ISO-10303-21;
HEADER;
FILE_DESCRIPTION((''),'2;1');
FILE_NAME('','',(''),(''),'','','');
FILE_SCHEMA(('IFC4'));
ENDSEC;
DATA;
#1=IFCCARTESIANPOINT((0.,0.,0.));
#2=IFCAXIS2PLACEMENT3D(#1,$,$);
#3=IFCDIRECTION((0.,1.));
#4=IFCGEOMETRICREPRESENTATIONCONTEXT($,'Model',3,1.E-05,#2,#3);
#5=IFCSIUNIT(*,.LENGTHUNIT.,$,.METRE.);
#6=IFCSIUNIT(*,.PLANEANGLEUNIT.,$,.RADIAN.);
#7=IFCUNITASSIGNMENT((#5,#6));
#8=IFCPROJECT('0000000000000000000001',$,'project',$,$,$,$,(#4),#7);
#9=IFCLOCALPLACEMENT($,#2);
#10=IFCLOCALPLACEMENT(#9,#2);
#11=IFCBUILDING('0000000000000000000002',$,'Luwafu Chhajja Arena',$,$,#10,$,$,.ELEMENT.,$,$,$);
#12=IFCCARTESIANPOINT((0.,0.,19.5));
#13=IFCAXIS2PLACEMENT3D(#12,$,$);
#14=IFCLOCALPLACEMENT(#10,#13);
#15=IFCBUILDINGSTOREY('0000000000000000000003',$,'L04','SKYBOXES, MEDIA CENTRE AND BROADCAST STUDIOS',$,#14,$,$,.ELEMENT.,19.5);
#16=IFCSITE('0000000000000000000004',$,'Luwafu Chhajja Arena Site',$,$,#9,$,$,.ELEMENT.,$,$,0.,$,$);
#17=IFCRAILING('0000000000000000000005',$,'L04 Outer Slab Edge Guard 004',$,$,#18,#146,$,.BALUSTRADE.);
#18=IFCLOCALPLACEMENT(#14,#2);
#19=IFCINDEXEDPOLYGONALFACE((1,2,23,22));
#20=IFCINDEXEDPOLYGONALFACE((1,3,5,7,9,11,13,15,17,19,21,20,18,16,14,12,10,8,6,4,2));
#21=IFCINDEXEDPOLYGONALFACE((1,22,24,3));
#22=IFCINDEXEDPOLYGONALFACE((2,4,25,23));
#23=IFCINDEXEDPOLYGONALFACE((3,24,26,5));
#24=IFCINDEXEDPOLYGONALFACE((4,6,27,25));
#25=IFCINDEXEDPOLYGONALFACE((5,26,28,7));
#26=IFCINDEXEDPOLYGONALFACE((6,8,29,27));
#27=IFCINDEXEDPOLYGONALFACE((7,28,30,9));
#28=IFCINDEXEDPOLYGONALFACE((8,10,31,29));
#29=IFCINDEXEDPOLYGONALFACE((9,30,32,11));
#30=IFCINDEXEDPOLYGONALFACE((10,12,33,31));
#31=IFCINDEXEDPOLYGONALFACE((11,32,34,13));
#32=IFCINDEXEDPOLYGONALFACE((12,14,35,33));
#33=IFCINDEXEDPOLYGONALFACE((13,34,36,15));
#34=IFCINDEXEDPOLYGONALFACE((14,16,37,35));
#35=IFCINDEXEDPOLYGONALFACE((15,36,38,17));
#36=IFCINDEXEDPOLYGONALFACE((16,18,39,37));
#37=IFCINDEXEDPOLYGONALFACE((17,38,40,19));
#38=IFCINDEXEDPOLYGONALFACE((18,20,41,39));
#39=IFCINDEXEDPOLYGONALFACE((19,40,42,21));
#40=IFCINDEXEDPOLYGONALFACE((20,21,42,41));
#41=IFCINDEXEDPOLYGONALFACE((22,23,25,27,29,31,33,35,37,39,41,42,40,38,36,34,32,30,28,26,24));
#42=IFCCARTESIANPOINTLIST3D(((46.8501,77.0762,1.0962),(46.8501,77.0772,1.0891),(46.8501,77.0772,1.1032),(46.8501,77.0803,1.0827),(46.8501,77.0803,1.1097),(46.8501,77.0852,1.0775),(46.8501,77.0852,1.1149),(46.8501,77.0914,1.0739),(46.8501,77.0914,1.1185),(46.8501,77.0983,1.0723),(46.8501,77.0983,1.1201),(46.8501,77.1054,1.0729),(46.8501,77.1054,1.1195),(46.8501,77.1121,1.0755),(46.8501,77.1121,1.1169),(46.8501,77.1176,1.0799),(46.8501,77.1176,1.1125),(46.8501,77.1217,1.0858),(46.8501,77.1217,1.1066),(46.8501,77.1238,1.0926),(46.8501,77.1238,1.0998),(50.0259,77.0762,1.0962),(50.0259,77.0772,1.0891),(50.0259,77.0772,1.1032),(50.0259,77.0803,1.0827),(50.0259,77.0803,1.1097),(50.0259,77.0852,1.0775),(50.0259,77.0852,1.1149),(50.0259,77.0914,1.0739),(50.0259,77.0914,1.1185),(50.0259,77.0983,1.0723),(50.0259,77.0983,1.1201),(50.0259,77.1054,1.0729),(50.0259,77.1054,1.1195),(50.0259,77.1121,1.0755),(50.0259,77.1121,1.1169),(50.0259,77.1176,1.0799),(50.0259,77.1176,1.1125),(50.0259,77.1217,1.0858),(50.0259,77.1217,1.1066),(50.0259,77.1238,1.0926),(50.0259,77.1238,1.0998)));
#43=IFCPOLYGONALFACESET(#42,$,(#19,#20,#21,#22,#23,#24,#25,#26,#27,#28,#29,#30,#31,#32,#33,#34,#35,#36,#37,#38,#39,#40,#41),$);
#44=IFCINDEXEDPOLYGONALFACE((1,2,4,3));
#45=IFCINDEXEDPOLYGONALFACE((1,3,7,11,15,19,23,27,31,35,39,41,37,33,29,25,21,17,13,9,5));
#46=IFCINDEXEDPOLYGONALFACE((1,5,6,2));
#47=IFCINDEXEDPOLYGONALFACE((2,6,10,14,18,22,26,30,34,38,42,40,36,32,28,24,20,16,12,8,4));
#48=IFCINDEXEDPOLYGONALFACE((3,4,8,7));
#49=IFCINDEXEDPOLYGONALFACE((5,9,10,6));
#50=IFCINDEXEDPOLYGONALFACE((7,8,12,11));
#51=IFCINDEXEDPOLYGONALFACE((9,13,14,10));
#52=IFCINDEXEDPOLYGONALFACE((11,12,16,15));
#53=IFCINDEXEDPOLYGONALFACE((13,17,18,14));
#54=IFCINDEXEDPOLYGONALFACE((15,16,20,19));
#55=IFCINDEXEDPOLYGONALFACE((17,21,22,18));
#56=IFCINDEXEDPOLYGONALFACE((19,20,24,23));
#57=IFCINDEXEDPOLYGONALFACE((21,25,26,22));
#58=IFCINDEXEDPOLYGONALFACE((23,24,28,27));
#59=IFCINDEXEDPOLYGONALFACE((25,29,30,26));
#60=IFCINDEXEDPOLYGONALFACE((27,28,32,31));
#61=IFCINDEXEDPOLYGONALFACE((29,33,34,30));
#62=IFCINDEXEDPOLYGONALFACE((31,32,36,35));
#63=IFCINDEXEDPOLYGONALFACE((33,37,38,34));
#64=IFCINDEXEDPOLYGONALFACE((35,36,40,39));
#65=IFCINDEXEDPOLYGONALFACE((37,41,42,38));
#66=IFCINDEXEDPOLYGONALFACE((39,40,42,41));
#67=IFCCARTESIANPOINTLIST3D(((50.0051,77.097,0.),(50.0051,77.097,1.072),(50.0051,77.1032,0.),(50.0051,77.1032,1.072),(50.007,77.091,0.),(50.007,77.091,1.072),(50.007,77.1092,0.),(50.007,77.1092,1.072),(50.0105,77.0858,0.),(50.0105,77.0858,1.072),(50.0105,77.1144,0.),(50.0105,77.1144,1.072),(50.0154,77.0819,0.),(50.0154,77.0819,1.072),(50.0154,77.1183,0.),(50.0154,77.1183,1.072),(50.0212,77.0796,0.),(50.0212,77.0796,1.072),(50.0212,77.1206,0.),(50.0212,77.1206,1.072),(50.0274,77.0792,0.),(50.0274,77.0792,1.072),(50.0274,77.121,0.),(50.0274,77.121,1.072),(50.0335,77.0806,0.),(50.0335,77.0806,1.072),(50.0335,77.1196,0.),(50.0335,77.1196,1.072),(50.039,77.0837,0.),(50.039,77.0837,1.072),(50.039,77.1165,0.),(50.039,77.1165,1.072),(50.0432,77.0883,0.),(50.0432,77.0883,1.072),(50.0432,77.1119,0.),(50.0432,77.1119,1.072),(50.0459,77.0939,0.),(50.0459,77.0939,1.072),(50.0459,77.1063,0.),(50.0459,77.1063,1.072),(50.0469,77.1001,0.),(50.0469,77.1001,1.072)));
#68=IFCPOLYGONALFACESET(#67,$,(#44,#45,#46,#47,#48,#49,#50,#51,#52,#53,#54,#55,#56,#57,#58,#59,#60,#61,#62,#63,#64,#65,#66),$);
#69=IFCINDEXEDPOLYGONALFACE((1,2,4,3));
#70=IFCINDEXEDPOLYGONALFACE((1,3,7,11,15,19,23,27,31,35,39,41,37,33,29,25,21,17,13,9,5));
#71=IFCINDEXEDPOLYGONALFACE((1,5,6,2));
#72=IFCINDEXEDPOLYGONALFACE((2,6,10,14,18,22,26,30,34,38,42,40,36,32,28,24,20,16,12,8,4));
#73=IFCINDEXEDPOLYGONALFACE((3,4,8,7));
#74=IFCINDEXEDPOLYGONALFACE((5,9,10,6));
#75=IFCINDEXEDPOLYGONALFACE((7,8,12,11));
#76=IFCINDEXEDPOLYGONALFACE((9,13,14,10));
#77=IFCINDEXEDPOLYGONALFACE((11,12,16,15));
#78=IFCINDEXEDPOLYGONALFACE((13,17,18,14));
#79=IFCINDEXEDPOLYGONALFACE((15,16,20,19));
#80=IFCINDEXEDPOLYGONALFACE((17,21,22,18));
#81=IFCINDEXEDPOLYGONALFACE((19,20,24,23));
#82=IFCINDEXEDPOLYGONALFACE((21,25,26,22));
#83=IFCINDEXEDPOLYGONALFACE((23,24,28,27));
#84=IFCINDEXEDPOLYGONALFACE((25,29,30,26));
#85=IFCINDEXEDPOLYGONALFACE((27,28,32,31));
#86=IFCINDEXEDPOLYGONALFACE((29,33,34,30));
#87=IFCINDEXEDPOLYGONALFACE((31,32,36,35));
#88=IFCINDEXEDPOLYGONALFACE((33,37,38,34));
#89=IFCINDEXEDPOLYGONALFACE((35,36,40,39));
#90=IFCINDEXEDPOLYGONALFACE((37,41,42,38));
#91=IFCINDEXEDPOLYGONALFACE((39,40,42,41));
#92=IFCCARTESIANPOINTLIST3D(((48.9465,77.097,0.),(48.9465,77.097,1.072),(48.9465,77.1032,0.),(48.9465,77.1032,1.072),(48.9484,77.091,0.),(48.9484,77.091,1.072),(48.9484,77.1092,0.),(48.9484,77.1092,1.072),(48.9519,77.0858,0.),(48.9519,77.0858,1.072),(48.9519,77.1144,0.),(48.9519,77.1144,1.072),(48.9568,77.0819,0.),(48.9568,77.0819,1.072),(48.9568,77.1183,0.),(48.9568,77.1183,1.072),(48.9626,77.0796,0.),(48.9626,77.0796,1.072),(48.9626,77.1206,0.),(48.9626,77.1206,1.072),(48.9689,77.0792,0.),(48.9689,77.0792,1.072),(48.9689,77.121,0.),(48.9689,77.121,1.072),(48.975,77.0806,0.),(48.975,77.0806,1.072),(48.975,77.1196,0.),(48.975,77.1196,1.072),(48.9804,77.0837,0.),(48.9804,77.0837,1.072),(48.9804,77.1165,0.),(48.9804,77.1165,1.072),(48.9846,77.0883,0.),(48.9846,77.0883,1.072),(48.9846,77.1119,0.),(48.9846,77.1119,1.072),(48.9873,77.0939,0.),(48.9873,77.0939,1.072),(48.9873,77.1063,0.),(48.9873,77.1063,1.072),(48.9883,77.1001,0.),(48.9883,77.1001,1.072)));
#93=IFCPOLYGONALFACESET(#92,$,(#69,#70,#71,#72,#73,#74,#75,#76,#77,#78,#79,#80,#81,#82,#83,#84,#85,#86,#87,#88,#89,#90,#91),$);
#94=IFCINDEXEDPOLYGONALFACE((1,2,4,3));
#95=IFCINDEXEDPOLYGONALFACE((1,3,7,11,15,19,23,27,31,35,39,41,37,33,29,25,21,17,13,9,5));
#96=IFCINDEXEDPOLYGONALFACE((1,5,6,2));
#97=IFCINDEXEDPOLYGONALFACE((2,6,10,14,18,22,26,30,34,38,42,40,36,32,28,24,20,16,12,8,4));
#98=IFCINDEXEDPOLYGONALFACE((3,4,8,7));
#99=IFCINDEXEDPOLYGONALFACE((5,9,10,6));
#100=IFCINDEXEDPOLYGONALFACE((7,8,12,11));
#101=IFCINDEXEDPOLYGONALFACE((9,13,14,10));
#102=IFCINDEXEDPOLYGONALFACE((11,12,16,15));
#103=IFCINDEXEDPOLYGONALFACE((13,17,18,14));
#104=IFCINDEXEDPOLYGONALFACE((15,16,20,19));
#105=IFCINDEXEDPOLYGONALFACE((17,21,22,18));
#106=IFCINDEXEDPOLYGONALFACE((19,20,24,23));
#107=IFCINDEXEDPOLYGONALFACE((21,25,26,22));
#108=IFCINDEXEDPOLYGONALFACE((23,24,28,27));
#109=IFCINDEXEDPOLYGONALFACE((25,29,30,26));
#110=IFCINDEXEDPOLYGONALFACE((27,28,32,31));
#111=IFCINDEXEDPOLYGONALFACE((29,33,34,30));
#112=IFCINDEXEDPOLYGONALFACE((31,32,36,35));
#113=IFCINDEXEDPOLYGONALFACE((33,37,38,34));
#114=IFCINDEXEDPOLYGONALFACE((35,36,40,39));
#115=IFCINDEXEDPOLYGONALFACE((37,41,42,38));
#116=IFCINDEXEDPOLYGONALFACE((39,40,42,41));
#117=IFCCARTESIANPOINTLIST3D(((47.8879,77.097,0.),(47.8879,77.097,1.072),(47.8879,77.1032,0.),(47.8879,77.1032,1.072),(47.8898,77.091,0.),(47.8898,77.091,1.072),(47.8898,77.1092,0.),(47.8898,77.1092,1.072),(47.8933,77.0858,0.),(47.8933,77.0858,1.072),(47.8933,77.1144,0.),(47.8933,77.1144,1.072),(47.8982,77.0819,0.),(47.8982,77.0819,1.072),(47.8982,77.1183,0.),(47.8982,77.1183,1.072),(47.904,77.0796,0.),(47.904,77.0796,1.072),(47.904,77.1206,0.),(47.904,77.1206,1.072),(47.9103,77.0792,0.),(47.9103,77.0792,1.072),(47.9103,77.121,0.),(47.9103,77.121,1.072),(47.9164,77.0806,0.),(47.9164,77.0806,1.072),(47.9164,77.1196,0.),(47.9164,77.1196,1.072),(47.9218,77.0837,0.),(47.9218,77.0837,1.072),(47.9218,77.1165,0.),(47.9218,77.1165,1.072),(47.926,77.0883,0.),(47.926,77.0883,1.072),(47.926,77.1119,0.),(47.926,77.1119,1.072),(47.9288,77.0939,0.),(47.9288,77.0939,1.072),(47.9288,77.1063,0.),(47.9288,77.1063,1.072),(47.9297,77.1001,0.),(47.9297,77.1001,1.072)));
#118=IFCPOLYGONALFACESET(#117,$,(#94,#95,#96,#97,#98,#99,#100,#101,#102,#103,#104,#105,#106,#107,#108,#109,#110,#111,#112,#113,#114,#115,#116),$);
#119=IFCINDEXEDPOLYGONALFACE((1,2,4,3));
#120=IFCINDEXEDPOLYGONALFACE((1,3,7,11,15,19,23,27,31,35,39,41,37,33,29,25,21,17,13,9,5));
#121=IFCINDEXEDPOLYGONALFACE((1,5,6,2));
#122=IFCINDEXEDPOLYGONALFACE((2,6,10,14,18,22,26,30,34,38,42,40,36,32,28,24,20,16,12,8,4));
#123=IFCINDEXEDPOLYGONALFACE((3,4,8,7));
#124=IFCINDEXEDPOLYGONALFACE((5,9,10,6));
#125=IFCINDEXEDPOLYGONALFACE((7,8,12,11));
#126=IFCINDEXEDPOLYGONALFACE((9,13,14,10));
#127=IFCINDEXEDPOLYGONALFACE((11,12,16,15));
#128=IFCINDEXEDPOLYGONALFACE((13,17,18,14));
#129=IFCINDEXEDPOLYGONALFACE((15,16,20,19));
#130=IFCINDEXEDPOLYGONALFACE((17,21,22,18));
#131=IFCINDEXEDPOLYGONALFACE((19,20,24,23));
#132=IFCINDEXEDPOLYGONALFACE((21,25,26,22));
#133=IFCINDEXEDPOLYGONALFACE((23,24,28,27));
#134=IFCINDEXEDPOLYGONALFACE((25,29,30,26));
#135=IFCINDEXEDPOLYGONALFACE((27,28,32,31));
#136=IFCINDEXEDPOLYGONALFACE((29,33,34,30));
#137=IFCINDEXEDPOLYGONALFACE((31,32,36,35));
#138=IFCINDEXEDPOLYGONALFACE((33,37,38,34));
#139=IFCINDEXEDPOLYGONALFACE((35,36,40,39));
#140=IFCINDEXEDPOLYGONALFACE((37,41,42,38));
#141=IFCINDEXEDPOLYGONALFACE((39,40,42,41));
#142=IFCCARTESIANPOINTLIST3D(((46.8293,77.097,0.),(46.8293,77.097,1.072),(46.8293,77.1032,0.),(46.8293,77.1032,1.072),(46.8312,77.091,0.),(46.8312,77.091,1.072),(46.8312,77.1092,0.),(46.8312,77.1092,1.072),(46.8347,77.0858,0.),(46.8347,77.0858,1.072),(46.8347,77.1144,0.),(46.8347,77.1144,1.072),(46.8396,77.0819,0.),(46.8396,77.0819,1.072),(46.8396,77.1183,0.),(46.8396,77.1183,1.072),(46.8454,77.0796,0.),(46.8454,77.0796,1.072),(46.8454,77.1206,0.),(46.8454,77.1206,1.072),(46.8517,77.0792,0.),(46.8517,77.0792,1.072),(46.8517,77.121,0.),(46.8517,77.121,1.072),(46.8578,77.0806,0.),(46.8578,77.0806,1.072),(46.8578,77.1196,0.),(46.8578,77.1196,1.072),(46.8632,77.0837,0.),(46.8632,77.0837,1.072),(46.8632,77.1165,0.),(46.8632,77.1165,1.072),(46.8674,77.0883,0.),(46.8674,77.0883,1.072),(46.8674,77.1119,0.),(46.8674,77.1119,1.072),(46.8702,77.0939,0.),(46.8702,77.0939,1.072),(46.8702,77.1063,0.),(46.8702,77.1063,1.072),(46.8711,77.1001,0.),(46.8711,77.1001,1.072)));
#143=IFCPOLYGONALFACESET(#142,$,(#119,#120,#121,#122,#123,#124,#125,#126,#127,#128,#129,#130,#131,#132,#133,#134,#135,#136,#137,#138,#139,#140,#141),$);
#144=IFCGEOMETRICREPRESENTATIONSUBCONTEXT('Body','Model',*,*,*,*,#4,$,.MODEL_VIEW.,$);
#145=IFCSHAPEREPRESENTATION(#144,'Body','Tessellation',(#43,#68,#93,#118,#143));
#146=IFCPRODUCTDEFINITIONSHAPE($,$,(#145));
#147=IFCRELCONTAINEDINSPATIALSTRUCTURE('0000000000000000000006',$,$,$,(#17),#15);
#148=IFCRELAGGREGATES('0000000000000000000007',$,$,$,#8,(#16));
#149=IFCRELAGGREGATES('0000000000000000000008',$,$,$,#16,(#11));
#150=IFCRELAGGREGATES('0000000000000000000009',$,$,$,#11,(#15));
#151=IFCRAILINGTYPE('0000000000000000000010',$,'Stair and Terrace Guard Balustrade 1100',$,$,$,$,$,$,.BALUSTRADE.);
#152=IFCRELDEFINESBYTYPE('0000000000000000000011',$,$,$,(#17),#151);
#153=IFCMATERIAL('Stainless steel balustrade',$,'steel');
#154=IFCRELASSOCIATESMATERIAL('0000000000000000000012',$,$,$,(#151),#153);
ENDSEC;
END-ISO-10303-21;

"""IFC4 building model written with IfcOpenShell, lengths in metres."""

from ifc_helpers import new_model, si_unit, direction, frame, origin, origin_2d, place, context, subcontext, project, spatial, circle, extrude, material, type_object, element, save


model = new_model("IFC4")

# Units and contexts
model_context = context("Model", 3, precision=1e-05, world=origin(), true_north=direction((0.0, 1.0)))
body_context = subcontext(model_context, "Body", "Model", "MODEL_VIEW")
ifc_project = project(units=[si_unit("LENGTHUNIT", "METRE"), si_unit("PLANEANGLEUNIT", "RADIAN")], contexts=[model_context])

# Site, building, storey
site_placement = place(None, origin())
site = spatial("IfcSite", under=ifc_project, at=site_placement, Name="Luwafu Chhajja Arena Site", CompositionType="ELEMENT", RefElevation=0.0)
building_placement = place(site_placement, origin())
building = spatial("IfcBuilding", under=site, at=building_placement, Name="Luwafu Chhajja Arena", CompositionType="ELEMENT")
storey_placement = place(building_placement, frame((0.0, 0.0, 19.5)))
storey = spatial("IfcBuildingStorey", under=building, at=storey_placement, Name="L04", Description="SKYBOXES, MEDIA CENTRE AND BROADCAST STUDIOS", CompositionType="ELEMENT", Elevation=19.5)

# Railing
ifc_material_1 = material(Name="Stainless steel balustrade", Category="steel")
railing_type_1 = type_object("IfcRailingType", Name="Stair and Terrace Guard Balustrade 1100", PredefinedType="BALUSTRADE", material=ifc_material_1)
railing_1_placement = place(storey_placement, frame((50.0259, 77.1001, 0.0)))
element("IfcRailing", 1, at=railing_1_placement, inside=storey, type_object=railing_type_1, Name="L04 Outer Slab Edge Guard 004", PredefinedType="BALUSTRADE", context=body_context, shape_type="SweptSolid", body=[
    extrude(circle(Radius=0.0239, at=origin_2d()), frame((0.0, 0.0, 1.0962), z_axis=(-1.0, 0.0, 0.0), x_axis=(0.0, -1.0, 0.0)), (0.0, 0.0, 1.0), 3.1758),
    extrude(circle(Radius=0.021, at=origin_2d()), origin(), (0.0, 0.0, 1.0), 1.072),
    extrude(circle(Radius=0.021, at=origin_2d()), frame((-1.0586, 0.0, 0.0)), (0.0, 0.0, 1.0), 1.072),
    extrude(circle(Radius=0.021, at=origin_2d()), frame((-2.1172, 0.0, 0.0)), (0.0, 0.0, 1.0), 1.072),
    extrude(circle(Radius=0.021, at=origin_2d()), frame((-3.1758, 0.0, 0.0)), (0.0, 0.0, 1.0), 1.072),
])

save(model, "model.ifc")
